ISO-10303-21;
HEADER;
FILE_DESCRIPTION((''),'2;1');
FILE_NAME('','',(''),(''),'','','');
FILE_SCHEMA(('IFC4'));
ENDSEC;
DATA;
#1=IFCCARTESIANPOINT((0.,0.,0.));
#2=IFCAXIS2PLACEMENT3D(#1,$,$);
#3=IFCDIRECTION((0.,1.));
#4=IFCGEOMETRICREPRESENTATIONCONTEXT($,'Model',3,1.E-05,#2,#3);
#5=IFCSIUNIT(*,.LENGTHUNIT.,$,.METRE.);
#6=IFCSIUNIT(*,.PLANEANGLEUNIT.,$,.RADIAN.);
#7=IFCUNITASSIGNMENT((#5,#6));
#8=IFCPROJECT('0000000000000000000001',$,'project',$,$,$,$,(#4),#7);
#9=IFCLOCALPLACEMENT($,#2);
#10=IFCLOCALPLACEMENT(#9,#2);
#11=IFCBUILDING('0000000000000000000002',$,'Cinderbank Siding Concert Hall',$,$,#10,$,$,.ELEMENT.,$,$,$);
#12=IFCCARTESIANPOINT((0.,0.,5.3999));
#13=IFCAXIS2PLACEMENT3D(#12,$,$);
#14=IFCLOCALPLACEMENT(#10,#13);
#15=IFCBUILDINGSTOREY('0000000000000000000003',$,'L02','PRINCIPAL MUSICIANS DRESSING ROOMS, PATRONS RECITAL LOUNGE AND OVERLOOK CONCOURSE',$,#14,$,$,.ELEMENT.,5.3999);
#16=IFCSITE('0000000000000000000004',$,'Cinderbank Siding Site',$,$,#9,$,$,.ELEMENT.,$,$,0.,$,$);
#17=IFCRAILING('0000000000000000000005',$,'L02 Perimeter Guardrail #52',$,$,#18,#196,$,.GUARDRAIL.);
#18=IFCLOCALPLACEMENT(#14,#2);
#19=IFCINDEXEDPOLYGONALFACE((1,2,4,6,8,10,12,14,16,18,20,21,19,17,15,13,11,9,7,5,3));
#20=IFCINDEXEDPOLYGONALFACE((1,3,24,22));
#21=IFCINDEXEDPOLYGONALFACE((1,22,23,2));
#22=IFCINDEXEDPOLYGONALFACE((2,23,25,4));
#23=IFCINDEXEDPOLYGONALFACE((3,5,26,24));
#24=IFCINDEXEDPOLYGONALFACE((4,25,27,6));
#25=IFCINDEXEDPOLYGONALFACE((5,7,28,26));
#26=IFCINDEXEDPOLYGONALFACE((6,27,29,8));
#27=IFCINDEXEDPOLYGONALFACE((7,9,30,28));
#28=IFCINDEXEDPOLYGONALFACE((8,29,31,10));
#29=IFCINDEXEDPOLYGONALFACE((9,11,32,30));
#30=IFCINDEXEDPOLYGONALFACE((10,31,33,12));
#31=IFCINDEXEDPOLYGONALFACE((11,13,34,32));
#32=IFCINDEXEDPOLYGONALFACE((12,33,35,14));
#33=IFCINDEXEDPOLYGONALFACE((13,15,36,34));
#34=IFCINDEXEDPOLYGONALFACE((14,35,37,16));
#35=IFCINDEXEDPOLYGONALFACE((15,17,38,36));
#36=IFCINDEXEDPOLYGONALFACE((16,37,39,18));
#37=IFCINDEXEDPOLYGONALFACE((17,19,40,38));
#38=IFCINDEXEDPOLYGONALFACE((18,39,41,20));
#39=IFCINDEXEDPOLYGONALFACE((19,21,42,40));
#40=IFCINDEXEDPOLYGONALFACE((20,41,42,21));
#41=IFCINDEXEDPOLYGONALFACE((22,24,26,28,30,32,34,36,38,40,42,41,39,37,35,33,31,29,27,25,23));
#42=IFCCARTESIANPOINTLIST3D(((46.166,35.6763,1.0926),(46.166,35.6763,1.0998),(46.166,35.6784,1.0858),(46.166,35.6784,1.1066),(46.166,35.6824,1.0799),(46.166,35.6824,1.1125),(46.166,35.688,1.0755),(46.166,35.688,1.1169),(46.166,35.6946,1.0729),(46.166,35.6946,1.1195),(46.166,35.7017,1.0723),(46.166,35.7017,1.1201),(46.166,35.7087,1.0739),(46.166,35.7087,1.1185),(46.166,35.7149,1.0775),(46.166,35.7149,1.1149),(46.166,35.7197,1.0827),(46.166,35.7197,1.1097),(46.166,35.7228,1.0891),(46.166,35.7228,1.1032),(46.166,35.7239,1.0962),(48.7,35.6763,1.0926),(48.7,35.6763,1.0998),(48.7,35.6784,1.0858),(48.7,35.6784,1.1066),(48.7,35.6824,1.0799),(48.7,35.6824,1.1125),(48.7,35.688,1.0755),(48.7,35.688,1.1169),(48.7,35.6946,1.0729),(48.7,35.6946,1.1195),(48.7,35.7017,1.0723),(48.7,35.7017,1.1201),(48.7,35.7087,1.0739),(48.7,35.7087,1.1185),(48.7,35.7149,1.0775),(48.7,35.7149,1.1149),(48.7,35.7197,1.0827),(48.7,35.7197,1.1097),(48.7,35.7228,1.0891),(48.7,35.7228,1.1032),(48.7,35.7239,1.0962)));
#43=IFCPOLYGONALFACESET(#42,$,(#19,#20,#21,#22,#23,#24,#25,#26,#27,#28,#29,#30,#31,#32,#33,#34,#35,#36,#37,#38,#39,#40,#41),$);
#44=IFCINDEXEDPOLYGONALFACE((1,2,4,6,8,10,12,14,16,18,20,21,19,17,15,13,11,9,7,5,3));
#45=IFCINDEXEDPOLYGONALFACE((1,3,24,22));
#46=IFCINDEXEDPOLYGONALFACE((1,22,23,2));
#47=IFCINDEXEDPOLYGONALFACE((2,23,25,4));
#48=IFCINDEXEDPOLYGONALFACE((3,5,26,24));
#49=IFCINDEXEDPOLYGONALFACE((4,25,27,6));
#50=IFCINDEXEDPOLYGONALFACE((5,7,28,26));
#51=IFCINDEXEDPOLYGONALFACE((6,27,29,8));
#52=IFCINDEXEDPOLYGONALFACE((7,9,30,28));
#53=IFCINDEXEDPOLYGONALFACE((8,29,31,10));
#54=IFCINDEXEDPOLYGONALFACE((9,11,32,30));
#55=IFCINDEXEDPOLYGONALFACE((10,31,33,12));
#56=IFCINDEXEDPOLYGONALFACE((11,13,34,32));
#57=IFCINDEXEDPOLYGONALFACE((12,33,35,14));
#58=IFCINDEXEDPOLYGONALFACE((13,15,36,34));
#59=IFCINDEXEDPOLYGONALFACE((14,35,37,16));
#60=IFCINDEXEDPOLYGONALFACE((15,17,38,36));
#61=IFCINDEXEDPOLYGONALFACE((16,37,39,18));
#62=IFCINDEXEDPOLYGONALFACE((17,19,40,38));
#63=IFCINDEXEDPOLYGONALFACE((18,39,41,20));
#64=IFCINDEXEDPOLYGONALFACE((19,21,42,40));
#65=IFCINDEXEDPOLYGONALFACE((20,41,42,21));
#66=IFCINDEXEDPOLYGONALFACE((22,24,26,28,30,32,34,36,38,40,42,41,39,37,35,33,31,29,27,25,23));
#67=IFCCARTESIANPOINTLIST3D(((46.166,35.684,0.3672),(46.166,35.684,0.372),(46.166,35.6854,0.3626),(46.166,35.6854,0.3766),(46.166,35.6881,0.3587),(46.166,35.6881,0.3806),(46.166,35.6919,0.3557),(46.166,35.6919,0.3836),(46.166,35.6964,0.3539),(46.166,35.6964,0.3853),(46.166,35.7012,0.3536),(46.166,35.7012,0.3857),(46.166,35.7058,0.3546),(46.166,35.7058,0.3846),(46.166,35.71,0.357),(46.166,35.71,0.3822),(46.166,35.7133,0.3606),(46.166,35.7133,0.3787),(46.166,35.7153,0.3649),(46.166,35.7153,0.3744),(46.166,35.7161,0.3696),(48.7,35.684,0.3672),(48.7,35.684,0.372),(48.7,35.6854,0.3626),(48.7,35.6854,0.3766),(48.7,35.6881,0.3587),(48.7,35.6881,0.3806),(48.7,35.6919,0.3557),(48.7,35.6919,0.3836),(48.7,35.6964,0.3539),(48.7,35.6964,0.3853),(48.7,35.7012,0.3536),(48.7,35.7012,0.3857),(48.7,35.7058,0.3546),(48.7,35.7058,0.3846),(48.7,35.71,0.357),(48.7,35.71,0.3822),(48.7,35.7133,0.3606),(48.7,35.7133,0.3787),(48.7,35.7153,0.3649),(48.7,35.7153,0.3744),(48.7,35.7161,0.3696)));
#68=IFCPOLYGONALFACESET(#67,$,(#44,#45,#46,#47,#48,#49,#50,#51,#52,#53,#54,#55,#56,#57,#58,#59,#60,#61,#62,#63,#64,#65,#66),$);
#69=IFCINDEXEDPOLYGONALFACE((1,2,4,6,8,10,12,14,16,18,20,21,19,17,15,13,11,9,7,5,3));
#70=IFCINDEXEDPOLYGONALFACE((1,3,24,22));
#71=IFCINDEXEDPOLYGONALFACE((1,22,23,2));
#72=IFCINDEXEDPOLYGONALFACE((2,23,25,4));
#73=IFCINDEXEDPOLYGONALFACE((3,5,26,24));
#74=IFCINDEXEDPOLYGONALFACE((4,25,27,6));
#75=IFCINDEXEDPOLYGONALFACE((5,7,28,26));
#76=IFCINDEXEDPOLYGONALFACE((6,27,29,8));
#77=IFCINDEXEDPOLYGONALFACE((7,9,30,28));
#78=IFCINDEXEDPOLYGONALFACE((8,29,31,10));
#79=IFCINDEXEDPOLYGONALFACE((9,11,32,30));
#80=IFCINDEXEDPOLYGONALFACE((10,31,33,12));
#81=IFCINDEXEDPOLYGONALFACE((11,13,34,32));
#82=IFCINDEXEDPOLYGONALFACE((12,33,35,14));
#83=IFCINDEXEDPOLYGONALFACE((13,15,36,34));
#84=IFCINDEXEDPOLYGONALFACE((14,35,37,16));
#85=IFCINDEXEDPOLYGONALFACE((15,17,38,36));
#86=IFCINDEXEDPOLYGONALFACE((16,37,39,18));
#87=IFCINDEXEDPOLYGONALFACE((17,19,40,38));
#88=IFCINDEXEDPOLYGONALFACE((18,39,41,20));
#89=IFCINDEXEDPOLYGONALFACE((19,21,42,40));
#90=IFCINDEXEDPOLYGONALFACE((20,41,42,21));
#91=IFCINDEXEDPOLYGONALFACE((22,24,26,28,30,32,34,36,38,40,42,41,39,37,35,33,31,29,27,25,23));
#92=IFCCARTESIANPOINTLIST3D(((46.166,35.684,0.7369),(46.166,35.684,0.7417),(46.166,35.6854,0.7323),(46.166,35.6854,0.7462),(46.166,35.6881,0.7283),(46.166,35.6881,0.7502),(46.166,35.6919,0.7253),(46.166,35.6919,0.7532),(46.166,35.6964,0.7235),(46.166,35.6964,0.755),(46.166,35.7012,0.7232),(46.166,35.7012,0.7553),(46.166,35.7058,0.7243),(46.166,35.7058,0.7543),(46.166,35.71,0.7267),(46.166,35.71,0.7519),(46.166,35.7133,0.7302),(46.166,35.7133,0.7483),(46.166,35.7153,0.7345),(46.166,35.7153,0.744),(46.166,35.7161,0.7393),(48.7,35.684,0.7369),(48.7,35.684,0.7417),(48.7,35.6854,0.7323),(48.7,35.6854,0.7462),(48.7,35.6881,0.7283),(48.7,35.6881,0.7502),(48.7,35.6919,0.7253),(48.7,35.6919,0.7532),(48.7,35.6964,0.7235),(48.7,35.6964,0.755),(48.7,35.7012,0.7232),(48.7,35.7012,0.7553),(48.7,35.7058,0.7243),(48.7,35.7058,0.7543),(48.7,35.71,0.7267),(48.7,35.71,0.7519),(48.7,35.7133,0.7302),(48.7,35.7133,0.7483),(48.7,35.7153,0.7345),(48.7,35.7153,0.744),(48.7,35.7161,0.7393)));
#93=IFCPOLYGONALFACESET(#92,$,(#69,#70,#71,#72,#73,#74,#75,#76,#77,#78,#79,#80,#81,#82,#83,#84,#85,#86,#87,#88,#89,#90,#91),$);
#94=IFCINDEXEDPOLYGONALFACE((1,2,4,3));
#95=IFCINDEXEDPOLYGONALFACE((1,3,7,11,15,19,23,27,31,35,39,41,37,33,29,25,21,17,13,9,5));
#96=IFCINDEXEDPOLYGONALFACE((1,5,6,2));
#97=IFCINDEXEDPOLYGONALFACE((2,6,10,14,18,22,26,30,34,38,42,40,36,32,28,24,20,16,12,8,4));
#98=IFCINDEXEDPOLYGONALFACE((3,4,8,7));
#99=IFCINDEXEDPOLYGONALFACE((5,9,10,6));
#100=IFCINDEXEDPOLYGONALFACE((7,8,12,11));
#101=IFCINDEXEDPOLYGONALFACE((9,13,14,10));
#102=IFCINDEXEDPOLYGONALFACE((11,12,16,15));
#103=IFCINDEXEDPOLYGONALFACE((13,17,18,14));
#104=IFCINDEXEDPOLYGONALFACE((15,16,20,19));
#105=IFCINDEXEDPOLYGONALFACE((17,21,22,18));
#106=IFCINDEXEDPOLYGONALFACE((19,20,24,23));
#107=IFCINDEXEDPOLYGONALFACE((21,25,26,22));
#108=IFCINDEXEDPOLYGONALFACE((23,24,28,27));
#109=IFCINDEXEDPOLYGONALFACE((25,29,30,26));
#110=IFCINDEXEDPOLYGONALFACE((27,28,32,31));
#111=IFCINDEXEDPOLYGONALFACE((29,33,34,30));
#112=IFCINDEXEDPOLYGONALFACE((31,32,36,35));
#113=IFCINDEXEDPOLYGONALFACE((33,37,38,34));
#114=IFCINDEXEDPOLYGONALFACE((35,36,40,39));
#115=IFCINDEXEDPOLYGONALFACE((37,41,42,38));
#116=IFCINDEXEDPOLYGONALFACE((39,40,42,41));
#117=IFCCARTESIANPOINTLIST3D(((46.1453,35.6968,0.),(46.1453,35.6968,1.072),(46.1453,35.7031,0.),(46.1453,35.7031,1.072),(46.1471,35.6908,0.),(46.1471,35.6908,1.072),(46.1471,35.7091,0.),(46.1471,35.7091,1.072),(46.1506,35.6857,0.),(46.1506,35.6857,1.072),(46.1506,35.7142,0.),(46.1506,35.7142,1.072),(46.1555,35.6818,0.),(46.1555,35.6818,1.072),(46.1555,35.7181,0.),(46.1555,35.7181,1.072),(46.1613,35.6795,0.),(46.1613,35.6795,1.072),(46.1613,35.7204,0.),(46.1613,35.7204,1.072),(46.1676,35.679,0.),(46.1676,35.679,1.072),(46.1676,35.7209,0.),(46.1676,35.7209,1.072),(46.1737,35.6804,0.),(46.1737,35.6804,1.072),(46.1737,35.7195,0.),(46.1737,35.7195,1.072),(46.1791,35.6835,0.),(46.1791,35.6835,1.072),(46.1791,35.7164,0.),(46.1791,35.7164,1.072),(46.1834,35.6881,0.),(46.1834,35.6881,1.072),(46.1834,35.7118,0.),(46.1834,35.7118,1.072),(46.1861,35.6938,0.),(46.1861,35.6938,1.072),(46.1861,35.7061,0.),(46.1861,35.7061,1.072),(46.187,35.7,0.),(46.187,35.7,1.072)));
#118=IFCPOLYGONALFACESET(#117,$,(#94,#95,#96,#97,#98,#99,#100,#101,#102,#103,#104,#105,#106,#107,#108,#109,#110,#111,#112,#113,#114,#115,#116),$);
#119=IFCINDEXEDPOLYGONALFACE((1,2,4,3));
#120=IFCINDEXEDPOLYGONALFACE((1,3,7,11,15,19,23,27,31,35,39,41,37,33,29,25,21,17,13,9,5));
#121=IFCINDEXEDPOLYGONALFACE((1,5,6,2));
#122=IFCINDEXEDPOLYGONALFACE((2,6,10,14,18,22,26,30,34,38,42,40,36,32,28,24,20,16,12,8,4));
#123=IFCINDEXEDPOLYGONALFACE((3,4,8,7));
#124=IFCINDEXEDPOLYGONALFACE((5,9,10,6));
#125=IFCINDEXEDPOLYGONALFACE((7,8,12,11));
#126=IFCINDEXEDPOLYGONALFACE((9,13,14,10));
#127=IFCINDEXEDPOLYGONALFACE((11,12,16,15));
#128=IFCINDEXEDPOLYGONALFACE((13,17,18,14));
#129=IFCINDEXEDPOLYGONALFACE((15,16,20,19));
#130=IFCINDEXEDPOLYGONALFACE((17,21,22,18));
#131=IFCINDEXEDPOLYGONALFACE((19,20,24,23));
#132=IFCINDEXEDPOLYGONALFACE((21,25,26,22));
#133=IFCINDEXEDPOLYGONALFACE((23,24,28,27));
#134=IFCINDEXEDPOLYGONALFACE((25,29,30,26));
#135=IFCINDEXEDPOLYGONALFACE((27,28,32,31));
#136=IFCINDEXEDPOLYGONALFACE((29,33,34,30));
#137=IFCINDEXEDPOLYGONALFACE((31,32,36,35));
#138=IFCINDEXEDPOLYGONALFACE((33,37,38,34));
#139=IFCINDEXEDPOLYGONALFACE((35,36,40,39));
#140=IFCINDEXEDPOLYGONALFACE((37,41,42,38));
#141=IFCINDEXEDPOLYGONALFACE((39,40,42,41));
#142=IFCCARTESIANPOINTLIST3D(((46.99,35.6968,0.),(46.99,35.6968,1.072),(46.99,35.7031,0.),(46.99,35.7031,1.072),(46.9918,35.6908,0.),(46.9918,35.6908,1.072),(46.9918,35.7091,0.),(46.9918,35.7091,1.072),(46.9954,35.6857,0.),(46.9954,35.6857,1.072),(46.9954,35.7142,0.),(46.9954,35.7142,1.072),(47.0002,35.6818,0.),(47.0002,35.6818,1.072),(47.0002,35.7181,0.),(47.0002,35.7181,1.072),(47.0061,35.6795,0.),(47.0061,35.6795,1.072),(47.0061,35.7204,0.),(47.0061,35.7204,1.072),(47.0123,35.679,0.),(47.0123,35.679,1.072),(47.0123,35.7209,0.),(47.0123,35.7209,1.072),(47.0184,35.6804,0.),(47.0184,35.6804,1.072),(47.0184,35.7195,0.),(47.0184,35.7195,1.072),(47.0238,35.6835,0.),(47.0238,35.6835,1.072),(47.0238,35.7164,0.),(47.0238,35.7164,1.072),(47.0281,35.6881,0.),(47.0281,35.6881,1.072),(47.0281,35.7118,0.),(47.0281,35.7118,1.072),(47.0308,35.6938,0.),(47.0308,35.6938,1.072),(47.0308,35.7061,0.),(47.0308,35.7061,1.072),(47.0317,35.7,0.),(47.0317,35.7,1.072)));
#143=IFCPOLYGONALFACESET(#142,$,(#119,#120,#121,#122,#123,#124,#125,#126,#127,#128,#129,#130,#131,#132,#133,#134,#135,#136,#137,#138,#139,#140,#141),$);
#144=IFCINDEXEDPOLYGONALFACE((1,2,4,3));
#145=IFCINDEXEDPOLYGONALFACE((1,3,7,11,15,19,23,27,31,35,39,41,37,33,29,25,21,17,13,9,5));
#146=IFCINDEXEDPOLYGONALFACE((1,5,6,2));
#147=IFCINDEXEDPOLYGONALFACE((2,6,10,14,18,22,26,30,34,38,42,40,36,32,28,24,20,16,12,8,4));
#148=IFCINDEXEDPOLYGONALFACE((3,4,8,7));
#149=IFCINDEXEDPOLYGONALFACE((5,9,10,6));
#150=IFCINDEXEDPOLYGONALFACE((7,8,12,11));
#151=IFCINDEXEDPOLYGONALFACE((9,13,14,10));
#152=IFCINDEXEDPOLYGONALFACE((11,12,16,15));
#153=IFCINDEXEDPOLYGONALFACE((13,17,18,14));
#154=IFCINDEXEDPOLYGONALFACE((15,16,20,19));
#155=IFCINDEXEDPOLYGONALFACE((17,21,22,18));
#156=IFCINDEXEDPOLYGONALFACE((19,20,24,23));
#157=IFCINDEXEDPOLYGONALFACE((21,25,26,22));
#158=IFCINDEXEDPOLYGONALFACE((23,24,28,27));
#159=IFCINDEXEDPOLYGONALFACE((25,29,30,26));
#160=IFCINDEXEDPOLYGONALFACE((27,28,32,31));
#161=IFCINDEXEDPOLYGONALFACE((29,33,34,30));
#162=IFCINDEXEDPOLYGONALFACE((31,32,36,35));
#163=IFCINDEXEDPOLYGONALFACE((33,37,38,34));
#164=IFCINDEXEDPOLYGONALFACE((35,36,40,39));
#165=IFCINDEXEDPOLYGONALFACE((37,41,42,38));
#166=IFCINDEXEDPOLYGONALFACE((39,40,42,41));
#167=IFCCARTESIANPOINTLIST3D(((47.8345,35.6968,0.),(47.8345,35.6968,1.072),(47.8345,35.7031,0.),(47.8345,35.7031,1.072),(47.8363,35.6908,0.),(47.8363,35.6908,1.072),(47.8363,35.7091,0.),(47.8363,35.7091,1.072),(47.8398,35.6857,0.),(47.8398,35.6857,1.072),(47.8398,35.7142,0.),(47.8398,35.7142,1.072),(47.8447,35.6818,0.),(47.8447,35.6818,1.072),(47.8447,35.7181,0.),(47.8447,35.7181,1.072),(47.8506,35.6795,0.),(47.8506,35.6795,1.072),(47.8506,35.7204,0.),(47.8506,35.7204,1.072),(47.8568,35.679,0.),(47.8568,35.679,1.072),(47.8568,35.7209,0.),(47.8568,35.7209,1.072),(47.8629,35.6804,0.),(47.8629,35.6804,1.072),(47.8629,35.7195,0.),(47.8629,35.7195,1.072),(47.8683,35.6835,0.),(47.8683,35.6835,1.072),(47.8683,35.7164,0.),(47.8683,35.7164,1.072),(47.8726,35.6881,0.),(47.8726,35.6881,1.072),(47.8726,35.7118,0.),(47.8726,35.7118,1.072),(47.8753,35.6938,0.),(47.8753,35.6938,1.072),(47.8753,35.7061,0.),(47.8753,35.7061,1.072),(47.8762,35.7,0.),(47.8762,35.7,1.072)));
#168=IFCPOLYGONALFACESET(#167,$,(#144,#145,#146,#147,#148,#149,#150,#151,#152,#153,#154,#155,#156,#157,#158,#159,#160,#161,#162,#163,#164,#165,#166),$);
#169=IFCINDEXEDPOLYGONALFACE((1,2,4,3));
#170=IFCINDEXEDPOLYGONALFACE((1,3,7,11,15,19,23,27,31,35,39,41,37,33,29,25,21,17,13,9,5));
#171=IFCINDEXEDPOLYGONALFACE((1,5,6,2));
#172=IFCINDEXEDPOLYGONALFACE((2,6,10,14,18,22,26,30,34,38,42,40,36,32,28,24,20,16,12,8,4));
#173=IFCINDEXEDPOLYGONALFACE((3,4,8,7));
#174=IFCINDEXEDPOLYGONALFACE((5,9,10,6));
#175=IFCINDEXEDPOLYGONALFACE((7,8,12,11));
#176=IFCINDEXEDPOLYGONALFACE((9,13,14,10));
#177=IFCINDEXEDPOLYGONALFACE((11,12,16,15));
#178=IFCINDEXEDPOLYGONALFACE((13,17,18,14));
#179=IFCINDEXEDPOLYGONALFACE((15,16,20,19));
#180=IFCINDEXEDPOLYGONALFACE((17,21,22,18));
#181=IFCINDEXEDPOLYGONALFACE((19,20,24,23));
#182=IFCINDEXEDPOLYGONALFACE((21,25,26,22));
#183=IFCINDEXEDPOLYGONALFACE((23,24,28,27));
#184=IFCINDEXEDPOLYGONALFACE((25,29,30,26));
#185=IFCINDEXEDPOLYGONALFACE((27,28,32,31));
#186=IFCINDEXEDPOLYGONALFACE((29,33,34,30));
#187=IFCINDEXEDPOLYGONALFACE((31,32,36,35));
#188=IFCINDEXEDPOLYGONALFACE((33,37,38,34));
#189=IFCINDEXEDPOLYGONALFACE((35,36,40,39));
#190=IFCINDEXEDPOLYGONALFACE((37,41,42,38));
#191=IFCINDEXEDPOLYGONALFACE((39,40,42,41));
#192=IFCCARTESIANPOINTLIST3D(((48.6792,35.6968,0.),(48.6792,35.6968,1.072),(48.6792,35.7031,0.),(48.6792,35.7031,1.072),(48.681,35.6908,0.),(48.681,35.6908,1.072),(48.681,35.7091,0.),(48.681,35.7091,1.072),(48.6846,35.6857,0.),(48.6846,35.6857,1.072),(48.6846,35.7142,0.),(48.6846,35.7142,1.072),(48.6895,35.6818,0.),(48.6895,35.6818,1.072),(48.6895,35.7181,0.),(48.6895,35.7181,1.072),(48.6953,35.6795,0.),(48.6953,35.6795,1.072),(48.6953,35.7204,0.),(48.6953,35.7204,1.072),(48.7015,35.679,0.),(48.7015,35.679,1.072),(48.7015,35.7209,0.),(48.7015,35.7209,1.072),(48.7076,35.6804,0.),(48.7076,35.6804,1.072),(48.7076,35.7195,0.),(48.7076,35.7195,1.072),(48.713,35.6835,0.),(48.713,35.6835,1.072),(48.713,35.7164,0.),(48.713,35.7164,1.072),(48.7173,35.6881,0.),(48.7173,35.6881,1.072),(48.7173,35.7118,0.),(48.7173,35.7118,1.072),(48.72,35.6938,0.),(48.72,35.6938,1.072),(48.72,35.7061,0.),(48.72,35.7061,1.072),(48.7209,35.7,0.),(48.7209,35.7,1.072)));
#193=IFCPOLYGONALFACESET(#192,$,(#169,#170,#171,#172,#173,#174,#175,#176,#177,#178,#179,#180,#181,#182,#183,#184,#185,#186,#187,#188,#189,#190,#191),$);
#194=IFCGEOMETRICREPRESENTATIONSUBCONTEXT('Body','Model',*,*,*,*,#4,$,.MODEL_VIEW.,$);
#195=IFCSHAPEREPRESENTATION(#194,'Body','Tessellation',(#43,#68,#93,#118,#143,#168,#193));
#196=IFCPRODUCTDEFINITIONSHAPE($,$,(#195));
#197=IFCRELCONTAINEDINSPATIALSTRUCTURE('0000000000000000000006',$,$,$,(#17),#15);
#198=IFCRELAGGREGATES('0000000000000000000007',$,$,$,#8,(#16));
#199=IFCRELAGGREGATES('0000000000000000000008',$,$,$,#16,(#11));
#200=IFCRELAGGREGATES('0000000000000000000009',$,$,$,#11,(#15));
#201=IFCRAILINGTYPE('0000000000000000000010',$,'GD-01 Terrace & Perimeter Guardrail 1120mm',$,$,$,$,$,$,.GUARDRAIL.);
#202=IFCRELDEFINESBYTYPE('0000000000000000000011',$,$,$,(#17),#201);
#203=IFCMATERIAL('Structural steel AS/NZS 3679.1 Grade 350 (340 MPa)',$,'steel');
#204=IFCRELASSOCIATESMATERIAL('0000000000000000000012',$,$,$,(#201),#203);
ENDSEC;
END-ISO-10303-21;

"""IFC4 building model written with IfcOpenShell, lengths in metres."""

from ifc_helpers import new_model, si_unit, direction, frame, origin, origin_2d, place, context, subcontext, project, spatial, circle, extrude, material, type_object, element, save


model = new_model("IFC4")

# Units and contexts
model_context = context("Model", 3, precision=1e-05, world=origin(), true_north=direction((0.0, 1.0)))
body_context = subcontext(model_context, "Body", "Model", "MODEL_VIEW")
ifc_project = project(units=[si_unit("LENGTHUNIT", "METRE"), si_unit("PLANEANGLEUNIT", "RADIAN")], contexts=[model_context])

# Site, building, storey
site_placement = place(None, origin())
site = spatial("IfcSite", under=ifc_project, at=site_placement, Name="Cinderbank Siding Site", CompositionType="ELEMENT", RefElevation=0.0)
building_placement = place(site_placement, origin())
building = spatial("IfcBuilding", under=site, at=building_placement, Name="Cinderbank Siding Concert Hall", CompositionType="ELEMENT")
storey_placement = place(building_placement, frame((0.0, 0.0, 5.3999)))
storey = spatial("IfcBuildingStorey", under=building, at=storey_placement, Name="L02", Description="PRINCIPAL MUSICIANS DRESSING ROOMS, PATRONS RECITAL LOUNGE AND OVERLOOK CONCOURSE", CompositionType="ELEMENT", Elevation=5.3999)

# Shared definitions
ifc_material_1 = material(Name="Structural steel AS/NZS 3679.1 Grade 350 (340 MPa)", Category="steel")

# Railing
railing_type_1 = type_object("IfcRailingType", Name="GD-01 Terrace & Perimeter Guardrail 1120mm", PredefinedType="GUARDRAIL", material=ifc_material_1)
railing_1_placement = place(storey_placement, frame((46.166, 35.7, 0.0)))
element("IfcRailing", 1, at=railing_1_placement, inside=storey, type_object=railing_type_1, Name="L02 Perimeter Guardrail #52", PredefinedType="GUARDRAIL", context=body_context, shape_type="SweptSolid", body=[
    extrude(circle(Radius=0.0239, at=origin_2d()), frame((0.0, 0.0, 1.0962), z_axis=(1.0, 0.0, 0.0), x_axis=(0.0, 1.0, 0.0)), (0.0, 0.0, 1.0), 2.5339),
    extrude(circle(Radius=0.0161, at=origin_2d()), frame((0.0, 0.0, 0.3696), z_axis=(1.0, 0.0, 0.0), x_axis=(0.0, 1.0, 0.0)), (0.0, 0.0, 1.0), 2.5339),
    extrude(circle(Radius=0.0161, at=origin_2d()), frame((0.0, 0.0, 0.7393), z_axis=(1.0, 0.0, 0.0), x_axis=(0.0, 1.0, 0.0)), (0.0, 0.0, 1.0), 2.5339),
    extrude(circle(Radius=0.021, at=origin_2d()), origin(), (0.0, 0.0, 1.0), 1.072),
    extrude(circle(Radius=0.021, at=origin_2d()), frame((0.8447, 0.0, 0.0)), (0.0, 0.0, 1.0), 1.072),
    extrude(circle(Radius=0.021, at=origin_2d()), frame((1.6892, 0.0, 0.0)), (0.0, 0.0, 1.0), 1.072),
    extrude(circle(Radius=0.021, at=origin_2d()), frame((2.5339, 0.0, 0.0)), (0.0, 0.0, 1.0), 1.072),
])

save(model, "model.ifc")
